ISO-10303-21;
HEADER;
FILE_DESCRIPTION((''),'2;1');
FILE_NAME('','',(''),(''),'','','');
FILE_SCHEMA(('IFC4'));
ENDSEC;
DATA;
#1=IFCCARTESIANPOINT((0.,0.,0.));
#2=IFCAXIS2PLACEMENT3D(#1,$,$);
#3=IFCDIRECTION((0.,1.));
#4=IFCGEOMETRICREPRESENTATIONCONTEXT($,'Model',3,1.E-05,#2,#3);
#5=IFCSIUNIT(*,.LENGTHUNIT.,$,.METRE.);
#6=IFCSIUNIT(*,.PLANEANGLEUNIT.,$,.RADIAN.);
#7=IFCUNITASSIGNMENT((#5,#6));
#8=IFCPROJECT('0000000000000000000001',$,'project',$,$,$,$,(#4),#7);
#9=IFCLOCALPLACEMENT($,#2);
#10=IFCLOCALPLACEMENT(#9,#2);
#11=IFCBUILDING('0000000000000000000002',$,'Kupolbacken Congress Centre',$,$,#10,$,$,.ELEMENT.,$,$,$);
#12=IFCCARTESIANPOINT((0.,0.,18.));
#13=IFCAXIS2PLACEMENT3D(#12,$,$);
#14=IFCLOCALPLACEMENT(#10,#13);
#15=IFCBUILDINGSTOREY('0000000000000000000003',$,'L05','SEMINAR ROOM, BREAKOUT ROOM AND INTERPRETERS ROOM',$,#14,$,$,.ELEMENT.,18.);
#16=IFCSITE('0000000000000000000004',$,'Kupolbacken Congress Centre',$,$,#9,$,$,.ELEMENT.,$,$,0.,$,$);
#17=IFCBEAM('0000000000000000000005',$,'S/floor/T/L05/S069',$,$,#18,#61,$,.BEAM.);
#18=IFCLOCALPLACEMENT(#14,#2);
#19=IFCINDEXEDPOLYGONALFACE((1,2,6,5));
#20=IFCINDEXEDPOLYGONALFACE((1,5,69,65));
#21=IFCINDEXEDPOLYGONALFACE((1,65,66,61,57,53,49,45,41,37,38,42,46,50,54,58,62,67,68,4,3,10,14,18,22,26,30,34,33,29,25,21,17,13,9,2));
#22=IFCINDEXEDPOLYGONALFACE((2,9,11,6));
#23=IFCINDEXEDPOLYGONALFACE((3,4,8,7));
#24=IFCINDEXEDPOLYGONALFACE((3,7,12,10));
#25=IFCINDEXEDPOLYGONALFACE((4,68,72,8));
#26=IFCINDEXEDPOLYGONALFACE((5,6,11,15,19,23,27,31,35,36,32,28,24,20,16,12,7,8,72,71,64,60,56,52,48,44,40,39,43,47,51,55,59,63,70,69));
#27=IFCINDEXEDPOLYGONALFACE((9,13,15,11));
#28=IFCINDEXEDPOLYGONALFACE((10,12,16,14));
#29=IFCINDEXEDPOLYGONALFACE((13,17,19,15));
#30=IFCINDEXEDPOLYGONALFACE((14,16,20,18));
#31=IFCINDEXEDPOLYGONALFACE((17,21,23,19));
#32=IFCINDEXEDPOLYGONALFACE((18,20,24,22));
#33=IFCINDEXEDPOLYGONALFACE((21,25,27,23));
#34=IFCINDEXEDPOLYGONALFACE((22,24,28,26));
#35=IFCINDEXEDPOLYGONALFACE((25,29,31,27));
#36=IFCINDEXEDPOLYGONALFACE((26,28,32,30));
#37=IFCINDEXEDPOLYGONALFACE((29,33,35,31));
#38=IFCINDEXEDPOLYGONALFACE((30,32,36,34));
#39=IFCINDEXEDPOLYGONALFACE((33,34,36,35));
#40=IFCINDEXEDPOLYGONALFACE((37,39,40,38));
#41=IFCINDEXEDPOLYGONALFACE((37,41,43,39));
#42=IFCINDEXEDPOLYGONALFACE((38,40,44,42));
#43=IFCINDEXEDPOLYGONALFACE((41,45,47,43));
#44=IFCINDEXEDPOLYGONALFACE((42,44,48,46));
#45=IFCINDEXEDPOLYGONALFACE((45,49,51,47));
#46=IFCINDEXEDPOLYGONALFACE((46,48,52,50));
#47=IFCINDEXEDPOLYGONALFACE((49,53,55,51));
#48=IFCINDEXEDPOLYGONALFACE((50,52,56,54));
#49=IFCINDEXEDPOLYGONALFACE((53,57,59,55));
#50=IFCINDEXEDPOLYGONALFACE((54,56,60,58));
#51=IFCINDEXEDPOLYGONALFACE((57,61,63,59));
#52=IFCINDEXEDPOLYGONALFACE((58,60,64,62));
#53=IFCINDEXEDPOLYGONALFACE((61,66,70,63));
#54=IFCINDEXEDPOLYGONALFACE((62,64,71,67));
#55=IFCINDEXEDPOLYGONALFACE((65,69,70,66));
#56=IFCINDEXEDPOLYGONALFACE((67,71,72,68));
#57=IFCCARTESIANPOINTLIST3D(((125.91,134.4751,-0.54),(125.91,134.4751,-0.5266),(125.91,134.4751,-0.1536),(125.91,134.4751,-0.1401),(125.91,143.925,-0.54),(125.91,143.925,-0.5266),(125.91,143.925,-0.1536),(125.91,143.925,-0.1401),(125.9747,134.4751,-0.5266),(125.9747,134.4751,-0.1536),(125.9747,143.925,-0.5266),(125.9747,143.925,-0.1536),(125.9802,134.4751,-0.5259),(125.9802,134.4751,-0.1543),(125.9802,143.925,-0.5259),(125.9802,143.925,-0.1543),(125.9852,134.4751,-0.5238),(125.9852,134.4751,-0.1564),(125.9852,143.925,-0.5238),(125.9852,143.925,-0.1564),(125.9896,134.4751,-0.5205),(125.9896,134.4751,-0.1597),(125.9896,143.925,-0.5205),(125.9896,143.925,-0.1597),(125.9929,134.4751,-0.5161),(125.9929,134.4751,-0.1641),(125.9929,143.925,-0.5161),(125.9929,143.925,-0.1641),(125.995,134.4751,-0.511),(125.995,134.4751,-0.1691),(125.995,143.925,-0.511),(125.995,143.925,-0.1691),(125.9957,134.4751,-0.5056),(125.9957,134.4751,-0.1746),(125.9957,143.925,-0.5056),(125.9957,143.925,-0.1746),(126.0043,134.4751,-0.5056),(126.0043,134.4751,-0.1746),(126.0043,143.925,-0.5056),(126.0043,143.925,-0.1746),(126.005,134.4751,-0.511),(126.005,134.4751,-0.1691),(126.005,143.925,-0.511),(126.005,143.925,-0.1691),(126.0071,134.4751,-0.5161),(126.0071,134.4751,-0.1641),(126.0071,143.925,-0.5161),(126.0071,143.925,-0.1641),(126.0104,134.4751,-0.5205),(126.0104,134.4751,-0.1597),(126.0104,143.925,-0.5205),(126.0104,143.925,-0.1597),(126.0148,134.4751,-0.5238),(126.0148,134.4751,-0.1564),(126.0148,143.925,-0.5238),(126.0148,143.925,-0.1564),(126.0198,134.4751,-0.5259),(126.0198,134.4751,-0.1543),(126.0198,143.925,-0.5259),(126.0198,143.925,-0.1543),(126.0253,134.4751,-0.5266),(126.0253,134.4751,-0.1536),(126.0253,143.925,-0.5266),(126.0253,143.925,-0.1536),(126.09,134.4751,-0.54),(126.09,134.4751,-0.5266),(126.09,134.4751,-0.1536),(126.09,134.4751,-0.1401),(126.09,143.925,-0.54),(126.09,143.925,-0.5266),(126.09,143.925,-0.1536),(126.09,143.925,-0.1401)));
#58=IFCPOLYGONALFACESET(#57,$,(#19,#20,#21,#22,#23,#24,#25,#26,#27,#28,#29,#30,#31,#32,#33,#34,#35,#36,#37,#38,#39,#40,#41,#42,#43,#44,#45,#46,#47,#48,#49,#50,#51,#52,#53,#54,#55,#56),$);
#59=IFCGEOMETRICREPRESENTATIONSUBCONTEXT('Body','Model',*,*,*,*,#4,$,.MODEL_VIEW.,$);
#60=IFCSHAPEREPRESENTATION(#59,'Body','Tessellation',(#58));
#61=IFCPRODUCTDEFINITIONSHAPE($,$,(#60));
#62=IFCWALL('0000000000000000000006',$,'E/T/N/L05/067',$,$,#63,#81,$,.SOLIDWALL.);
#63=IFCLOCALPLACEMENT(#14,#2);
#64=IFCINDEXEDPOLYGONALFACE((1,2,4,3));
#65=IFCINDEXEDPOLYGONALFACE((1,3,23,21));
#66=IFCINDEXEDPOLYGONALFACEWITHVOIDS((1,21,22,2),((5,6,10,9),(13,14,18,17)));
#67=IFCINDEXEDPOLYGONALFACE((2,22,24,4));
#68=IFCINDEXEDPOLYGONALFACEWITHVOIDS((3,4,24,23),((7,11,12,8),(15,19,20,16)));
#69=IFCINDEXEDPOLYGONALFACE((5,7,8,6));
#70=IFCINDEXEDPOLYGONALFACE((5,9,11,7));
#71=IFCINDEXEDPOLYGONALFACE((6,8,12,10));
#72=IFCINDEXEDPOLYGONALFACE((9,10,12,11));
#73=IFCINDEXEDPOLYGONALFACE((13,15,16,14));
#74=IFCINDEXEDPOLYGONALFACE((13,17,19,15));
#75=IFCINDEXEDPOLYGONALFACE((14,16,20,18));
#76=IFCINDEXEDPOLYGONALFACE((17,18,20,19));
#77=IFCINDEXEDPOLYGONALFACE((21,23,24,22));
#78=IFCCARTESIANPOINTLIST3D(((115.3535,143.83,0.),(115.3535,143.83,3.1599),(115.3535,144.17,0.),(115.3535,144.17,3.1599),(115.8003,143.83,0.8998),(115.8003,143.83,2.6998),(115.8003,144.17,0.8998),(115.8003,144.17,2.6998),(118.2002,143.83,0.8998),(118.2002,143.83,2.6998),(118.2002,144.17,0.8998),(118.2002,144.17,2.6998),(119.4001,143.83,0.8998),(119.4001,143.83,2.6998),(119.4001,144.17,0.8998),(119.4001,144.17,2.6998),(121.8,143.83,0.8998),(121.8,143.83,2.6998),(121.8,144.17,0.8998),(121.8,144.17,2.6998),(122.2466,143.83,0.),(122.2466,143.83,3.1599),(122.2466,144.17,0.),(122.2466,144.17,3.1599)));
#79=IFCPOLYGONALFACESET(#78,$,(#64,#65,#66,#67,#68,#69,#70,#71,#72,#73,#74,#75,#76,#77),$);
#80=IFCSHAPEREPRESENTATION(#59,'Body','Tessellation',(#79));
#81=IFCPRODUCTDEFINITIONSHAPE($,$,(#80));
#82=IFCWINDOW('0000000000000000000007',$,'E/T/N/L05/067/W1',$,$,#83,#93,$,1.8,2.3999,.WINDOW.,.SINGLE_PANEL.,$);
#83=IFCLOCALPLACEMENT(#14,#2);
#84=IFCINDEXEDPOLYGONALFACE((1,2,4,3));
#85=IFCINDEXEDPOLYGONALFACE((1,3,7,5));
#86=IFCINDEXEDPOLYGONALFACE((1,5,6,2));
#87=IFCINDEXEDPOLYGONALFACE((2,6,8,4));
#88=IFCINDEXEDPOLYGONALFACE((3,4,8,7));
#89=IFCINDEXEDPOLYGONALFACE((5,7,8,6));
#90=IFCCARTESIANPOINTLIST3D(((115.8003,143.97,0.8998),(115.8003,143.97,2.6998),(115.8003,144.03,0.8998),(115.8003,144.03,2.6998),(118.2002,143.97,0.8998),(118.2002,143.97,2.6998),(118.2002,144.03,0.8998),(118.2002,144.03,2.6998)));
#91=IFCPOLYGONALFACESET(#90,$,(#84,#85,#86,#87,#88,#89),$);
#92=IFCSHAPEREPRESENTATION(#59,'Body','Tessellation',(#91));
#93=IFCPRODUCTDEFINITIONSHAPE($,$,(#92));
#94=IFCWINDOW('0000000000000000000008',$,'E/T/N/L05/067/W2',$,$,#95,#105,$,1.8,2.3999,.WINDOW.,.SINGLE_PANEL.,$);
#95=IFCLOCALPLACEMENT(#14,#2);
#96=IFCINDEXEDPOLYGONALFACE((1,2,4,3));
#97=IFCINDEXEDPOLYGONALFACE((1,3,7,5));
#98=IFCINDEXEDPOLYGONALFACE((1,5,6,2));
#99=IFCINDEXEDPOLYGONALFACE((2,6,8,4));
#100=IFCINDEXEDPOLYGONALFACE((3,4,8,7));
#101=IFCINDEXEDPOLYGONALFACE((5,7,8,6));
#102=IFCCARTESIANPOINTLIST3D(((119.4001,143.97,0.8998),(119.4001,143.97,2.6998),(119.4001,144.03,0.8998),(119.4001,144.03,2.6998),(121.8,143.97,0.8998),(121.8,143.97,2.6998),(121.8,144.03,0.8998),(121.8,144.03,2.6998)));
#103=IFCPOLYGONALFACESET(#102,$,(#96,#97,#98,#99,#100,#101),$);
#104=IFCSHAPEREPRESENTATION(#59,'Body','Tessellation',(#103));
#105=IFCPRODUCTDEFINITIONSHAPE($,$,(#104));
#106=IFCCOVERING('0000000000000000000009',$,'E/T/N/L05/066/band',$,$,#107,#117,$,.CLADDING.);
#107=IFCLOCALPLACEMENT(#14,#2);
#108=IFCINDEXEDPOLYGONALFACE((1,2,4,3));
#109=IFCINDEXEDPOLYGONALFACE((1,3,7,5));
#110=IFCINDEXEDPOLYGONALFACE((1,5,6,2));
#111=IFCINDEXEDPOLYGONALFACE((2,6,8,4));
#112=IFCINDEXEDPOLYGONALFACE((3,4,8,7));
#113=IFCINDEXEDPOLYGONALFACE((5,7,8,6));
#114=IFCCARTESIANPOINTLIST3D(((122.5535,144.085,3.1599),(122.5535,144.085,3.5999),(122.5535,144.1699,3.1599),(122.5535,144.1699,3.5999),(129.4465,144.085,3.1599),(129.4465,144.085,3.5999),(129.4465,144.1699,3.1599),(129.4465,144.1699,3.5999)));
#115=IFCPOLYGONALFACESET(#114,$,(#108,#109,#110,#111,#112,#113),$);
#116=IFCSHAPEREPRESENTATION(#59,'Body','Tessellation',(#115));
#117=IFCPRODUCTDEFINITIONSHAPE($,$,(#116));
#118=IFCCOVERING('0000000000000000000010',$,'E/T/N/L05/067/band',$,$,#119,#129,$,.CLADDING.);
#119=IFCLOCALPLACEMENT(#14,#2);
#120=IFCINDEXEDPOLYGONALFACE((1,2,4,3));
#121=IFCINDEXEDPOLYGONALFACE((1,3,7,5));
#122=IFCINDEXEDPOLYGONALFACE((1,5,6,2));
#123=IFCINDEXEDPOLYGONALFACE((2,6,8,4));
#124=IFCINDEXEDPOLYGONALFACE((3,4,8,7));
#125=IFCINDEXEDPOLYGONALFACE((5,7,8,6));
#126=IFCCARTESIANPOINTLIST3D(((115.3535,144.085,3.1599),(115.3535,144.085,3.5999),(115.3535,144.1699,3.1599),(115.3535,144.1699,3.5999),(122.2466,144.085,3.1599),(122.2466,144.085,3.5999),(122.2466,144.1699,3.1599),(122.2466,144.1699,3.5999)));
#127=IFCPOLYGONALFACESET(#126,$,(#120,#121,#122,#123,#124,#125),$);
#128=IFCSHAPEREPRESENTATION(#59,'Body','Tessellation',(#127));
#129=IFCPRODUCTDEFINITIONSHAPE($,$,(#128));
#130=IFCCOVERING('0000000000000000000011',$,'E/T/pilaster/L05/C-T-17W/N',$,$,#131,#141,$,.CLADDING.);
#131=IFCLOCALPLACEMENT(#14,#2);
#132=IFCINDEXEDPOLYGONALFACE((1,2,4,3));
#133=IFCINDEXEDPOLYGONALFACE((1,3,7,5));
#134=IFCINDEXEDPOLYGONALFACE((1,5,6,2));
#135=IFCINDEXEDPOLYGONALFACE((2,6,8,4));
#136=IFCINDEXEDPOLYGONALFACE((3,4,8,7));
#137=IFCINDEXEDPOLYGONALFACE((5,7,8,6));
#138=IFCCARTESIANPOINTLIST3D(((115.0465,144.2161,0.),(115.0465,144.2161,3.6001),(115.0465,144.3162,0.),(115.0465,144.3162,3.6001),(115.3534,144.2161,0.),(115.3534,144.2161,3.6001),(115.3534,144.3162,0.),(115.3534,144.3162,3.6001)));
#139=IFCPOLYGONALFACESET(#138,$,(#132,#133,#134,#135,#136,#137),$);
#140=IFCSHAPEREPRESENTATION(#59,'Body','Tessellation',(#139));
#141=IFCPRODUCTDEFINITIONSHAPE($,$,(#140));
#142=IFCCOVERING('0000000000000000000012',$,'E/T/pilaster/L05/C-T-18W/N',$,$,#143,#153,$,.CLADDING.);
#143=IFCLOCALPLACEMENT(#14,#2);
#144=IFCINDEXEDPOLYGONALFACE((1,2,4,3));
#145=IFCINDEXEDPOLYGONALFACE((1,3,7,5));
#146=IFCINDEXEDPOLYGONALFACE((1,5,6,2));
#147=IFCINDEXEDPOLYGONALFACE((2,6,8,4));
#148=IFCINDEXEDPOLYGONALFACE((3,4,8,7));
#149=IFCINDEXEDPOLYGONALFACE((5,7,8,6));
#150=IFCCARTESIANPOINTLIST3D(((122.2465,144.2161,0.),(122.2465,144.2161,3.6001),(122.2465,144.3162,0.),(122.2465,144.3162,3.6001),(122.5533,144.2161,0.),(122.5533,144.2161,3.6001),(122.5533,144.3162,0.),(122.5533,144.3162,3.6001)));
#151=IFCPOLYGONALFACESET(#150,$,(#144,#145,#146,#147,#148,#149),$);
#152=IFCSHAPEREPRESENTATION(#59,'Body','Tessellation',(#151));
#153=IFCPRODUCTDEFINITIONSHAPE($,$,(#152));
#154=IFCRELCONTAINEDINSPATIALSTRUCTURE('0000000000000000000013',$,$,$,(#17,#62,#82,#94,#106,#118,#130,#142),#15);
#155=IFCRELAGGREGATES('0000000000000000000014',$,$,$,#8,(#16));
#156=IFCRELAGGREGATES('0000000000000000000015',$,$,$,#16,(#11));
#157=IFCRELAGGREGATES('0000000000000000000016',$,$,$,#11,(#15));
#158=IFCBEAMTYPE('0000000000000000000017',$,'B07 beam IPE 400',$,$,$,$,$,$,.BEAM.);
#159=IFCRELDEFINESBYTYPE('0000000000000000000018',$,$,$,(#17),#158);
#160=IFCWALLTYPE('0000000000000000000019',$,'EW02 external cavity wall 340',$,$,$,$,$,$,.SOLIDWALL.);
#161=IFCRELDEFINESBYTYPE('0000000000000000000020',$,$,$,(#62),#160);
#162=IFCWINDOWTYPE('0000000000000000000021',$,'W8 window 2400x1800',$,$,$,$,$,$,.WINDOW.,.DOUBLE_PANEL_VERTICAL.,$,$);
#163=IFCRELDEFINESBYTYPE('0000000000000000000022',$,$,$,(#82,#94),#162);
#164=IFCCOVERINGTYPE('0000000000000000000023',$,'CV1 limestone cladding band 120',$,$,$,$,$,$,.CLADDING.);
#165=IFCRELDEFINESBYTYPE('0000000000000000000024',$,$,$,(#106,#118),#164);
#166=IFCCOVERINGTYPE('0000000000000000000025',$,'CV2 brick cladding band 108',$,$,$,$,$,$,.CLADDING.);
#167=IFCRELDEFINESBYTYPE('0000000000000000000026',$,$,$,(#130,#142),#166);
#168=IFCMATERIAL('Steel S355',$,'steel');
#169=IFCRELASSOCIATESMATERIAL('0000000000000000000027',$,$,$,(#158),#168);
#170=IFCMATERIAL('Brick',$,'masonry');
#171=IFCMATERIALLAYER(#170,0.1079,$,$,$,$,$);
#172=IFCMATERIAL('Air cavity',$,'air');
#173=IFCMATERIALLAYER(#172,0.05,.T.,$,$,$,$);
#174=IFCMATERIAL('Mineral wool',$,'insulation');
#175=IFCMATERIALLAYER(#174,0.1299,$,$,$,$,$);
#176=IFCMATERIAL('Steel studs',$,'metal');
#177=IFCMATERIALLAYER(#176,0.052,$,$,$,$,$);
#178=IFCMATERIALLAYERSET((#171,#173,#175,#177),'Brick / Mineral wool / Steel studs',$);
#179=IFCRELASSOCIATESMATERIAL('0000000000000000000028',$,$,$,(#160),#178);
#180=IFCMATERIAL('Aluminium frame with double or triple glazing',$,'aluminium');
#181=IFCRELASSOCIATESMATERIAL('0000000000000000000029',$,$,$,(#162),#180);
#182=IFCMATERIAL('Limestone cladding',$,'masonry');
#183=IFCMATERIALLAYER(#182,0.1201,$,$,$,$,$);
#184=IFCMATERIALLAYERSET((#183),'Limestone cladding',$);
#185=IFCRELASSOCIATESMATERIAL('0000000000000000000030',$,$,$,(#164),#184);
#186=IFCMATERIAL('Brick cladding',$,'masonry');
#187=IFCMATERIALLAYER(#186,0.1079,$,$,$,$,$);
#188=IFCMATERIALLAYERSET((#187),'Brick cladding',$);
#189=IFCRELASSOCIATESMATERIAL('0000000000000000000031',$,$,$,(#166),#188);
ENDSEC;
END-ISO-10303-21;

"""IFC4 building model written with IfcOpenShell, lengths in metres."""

from ifc_helpers import new_model, si_unit, direction, frame, frame_2d, origin, origin_2d, place, context, subcontext, project, spatial, rectangle, i_section, extrude, material, layer, layer_set, material_profile, profile_set, type_object, element, fill, save


model = new_model("IFC4")

# Units and contexts
model_context = context("Model", 3, precision=1e-05, world=origin(), true_north=direction((0.0, 1.0)))
body_context = subcontext(model_context, "Body", "Model", "MODEL_VIEW")
ifc_project = project(units=[si_unit("LENGTHUNIT", "METRE"), si_unit("PLANEANGLEUNIT", "RADIAN")], contexts=[model_context])

# Site, building, storey
site_placement = place(None, origin())
site = spatial("IfcSite", under=ifc_project, at=site_placement, Name="Kupolbacken Congress Centre", CompositionType="ELEMENT", RefElevation=0.0)
building_placement = place(site_placement, origin())
building = spatial("IfcBuilding", under=site, at=building_placement, Name="Kupolbacken Congress Centre", CompositionType="ELEMENT")
storey_placement = place(building_placement, frame((0.0, 0.0, 18.0)))
storey = spatial("IfcBuildingStorey", under=building, at=storey_placement, Name="L05", Description="SEMINAR ROOM, BREAKOUT ROOM AND INTERPRETERS ROOM", CompositionType="ELEMENT", Elevation=18.0)

# Beam
ifc_material_1 = material(Name="Steel S355", Category="steel")
ifc_material_profile_1 = material_profile(ifc_material_1, i_section(OverallWidth=0.1799, OverallDepth=0.3999, WebThickness=0.0085, FlangeThickness=0.0134, FilletRadius=0.021, at=origin_2d()), Name="IPE 400")
ifc_profile_set_1 = profile_set([ifc_material_profile_1], Name="Steel S355")
beam_type_1 = type_object("IfcBeamType", Name="B07 beam IPE 400", PredefinedType="BEAM", material=ifc_profile_set_1)
beam_1_placement = place(storey_placement, frame((126.0, 134.4751, -0.3401), z_axis=(0.0, 1.0, 0.0), x_axis=(-1.0, 0.0, 0.0)))
element("IfcBeam", 1, at=beam_1_placement, inside=storey, type_object=beam_type_1, Name="S/floor/T/L05/S069", PredefinedType="BEAM", context=body_context, shape_type="SweptSolid", body=[
    extrude(i_section(OverallWidth=0.1799, OverallDepth=0.3999, WebThickness=0.0085, FlangeThickness=0.0134, FilletRadius=0.021, at=origin_2d()), origin(), (0.0, 0.0, 1.0), 9.45),
])

# Wall, openings, windows
ifc_material_2 = material(Name="Brick", Category="masonry")
ifc_layer_1 = layer(ifc_material_2, 0.1079)
ifc_material_3 = material(Name="Air cavity", Category="air")
ifc_layer_2 = layer(ifc_material_3, 0.05, ventilated=True)
ifc_material_4 = material(Name="Mineral wool", Category="insulation")
ifc_layer_3 = layer(ifc_material_4, 0.1299)
ifc_material_5 = material(Name="Steel studs", Category="metal")
ifc_layer_4 = layer(ifc_material_5, 0.052)
ifc_layer_set_1 = layer_set([ifc_layer_1, ifc_layer_2, ifc_layer_3, ifc_layer_4], Name="Brick / Mineral wool / Steel studs")
wall_type = type_object("IfcWallType", Name="EW02 external cavity wall 340", PredefinedType="SOLIDWALL", material=ifc_layer_set_1)
wall_placement = place(storey_placement, frame((122.2466, 144.0, 0.0), z_axis=(0.0, 0.0, 1.0), x_axis=(-1.0, 0.0, 0.0)))
wall = element("IfcWall", 2, at=wall_placement, inside=storey, type_object=wall_type, Name="E/T/N/L05/067", PredefinedType="SOLIDWALL", context=body_context, shape_type="SweptSolid", body=[
    extrude(rectangle(XDim=6.8931, YDim=0.3401, at=frame_2d((3.4465, 0.0))), origin(), (0.0, 0.0, 1.0), 3.1599),
])
opening_1_placement = place(wall_placement, frame((4.0464, 0.0, 0.8999)))
opening_1 = element("IfcOpeningElement", 3, at=opening_1_placement, cuts=wall, PredefinedType="OPENING", context=body_context, shape_type="SweptSolid", body=[
    extrude(rectangle(XDim=2.3999, YDim=1.8, at=frame_2d((1.2, 0.8999))), frame((0.0, 0.1799, 0.0), z_axis=(0.0, -1.0, 0.0), x_axis=(1.0, 0.0, 0.0)), (0.0, 0.0, 1.0), 0.3601),
])
opening_2_placement = place(wall_placement, frame((0.4465, 0.0, 0.8999)))
opening_2 = element("IfcOpeningElement", 4, at=opening_2_placement, cuts=wall, PredefinedType="OPENING", context=body_context, shape_type="SweptSolid", body=[
    extrude(rectangle(XDim=2.3999, YDim=1.8, at=frame_2d((1.2, 0.8999))), frame((0.0, 0.1799, 0.0), z_axis=(0.0, -1.0, 0.0), x_axis=(1.0, 0.0, 0.0)), (0.0, 0.0, 1.0), 0.3601),
])
ifc_material_6 = material(Name="Aluminium frame with double or triple glazing", Category="aluminium")
window_type = type_object("IfcWindowType", Name="W8 window 2400x1800", PartitioningType="DOUBLE_PANEL_VERTICAL", PredefinedType="WINDOW", material=ifc_material_6)
window_1_placement = place(opening_1_placement, origin())
window_1 = element("IfcWindow", 5, at=window_1_placement, inside=storey, type_object=window_type, Name="E/T/N/L05/067/W1", OverallHeight=1.8, OverallWidth=2.3999, PartitioningType="SINGLE_PANEL", PredefinedType="WINDOW", context=body_context, shape_type="SweptSolid", body=[
    extrude(rectangle(XDim=2.3999, YDim=1.8, at=frame_2d((1.2, 0.8999))), frame((0.0, 0.03, 0.0), z_axis=(0.0, -1.0, 0.0), x_axis=(1.0, 0.0, 0.0)), (0.0, 0.0, 1.0), 0.0601),
])
fill(opening_1, window_1)
window_2_placement = place(opening_2_placement, origin())
window_2 = element("IfcWindow", 6, at=window_2_placement, inside=storey, type_object=window_type, Name="E/T/N/L05/067/W2", OverallHeight=1.8, OverallWidth=2.3999, PartitioningType="SINGLE_PANEL", PredefinedType="WINDOW", context=body_context, shape_type="SweptSolid", body=[
    extrude(rectangle(XDim=2.3999, YDim=1.8, at=frame_2d((1.2, 0.8999))), frame((0.0, 0.03, 0.0), z_axis=(0.0, -1.0, 0.0), x_axis=(1.0, 0.0, 0.0)), (0.0, 0.0, 1.0), 0.0601),
])
fill(opening_2, window_2)

# Coverings
ifc_material_7 = material(Name="Limestone cladding", Category="masonry")
ifc_layer_5 = layer(ifc_material_7, 0.1201)
ifc_layer_set_2 = layer_set([ifc_layer_5], Name="Limestone cladding")
covering_type_1 = type_object("IfcCoveringType", Name="CV1 limestone cladding band 120", PredefinedType="CLADDING", material=ifc_layer_set_2)
for number, where, z_axis, x_axis, name in (
    (7, (126.0, 144.1274, 3.1599), (0.0, 0.0, 1.0), (-1.0, 0.0, 0.0), "E/T/N/L05/066/band"),
    (8, (118.8, 144.1274, 3.1599), (0.0, 0.0, 1.0), (-1.0, 0.0, 0.0), "E/T/N/L05/067/band"),
):
    element("IfcCovering", number, at=place(storey_placement, frame(where, z_axis=z_axis, x_axis=x_axis)), inside=storey, type_object=covering_type_1, Name=name, PredefinedType="CLADDING", context=body_context, shape_type="SweptSolid", body=[
        extrude(rectangle(XDim=6.8931, YDim=0.085, at=origin_2d()), origin(), (0.0, 0.0, 1.0), 0.4399),
    ])
ifc_material_8 = material(Name="Brick cladding", Category="masonry")
ifc_layer_6 = layer(ifc_material_8, 0.1079)
ifc_layer_set_3 = layer_set([ifc_layer_6], Name="Brick cladding")
covering_type_2 = type_object("IfcCoveringType", Name="CV2 brick cladding band 108", PredefinedType="CLADDING", material=ifc_layer_set_3)
for number, where, z_axis, x_axis, name in (
    (9, (115.2, 144.2661, 0.0), (0.0, 0.0, 1.0), (1.0, 0.0, 0.0), "E/T/pilaster/L05/C-T-17W/N"),
    (10, (122.3999, 144.2661, 0.0), (0.0, 0.0, 1.0), (1.0, 0.0, 0.0), "E/T/pilaster/L05/C-T-18W/N"),
):
    element("IfcCovering", number, at=place(storey_placement, frame(where, z_axis=z_axis, x_axis=x_axis)), inside=storey, type_object=covering_type_2, Name=name, PredefinedType="CLADDING", context=body_context, shape_type="SweptSolid", body=[
        extrude(rectangle(XDim=0.3069, YDim=0.1001, at=origin_2d()), origin(), (0.0, 0.0, 1.0), 3.6001),
    ])

save(model, "model.ifc")
